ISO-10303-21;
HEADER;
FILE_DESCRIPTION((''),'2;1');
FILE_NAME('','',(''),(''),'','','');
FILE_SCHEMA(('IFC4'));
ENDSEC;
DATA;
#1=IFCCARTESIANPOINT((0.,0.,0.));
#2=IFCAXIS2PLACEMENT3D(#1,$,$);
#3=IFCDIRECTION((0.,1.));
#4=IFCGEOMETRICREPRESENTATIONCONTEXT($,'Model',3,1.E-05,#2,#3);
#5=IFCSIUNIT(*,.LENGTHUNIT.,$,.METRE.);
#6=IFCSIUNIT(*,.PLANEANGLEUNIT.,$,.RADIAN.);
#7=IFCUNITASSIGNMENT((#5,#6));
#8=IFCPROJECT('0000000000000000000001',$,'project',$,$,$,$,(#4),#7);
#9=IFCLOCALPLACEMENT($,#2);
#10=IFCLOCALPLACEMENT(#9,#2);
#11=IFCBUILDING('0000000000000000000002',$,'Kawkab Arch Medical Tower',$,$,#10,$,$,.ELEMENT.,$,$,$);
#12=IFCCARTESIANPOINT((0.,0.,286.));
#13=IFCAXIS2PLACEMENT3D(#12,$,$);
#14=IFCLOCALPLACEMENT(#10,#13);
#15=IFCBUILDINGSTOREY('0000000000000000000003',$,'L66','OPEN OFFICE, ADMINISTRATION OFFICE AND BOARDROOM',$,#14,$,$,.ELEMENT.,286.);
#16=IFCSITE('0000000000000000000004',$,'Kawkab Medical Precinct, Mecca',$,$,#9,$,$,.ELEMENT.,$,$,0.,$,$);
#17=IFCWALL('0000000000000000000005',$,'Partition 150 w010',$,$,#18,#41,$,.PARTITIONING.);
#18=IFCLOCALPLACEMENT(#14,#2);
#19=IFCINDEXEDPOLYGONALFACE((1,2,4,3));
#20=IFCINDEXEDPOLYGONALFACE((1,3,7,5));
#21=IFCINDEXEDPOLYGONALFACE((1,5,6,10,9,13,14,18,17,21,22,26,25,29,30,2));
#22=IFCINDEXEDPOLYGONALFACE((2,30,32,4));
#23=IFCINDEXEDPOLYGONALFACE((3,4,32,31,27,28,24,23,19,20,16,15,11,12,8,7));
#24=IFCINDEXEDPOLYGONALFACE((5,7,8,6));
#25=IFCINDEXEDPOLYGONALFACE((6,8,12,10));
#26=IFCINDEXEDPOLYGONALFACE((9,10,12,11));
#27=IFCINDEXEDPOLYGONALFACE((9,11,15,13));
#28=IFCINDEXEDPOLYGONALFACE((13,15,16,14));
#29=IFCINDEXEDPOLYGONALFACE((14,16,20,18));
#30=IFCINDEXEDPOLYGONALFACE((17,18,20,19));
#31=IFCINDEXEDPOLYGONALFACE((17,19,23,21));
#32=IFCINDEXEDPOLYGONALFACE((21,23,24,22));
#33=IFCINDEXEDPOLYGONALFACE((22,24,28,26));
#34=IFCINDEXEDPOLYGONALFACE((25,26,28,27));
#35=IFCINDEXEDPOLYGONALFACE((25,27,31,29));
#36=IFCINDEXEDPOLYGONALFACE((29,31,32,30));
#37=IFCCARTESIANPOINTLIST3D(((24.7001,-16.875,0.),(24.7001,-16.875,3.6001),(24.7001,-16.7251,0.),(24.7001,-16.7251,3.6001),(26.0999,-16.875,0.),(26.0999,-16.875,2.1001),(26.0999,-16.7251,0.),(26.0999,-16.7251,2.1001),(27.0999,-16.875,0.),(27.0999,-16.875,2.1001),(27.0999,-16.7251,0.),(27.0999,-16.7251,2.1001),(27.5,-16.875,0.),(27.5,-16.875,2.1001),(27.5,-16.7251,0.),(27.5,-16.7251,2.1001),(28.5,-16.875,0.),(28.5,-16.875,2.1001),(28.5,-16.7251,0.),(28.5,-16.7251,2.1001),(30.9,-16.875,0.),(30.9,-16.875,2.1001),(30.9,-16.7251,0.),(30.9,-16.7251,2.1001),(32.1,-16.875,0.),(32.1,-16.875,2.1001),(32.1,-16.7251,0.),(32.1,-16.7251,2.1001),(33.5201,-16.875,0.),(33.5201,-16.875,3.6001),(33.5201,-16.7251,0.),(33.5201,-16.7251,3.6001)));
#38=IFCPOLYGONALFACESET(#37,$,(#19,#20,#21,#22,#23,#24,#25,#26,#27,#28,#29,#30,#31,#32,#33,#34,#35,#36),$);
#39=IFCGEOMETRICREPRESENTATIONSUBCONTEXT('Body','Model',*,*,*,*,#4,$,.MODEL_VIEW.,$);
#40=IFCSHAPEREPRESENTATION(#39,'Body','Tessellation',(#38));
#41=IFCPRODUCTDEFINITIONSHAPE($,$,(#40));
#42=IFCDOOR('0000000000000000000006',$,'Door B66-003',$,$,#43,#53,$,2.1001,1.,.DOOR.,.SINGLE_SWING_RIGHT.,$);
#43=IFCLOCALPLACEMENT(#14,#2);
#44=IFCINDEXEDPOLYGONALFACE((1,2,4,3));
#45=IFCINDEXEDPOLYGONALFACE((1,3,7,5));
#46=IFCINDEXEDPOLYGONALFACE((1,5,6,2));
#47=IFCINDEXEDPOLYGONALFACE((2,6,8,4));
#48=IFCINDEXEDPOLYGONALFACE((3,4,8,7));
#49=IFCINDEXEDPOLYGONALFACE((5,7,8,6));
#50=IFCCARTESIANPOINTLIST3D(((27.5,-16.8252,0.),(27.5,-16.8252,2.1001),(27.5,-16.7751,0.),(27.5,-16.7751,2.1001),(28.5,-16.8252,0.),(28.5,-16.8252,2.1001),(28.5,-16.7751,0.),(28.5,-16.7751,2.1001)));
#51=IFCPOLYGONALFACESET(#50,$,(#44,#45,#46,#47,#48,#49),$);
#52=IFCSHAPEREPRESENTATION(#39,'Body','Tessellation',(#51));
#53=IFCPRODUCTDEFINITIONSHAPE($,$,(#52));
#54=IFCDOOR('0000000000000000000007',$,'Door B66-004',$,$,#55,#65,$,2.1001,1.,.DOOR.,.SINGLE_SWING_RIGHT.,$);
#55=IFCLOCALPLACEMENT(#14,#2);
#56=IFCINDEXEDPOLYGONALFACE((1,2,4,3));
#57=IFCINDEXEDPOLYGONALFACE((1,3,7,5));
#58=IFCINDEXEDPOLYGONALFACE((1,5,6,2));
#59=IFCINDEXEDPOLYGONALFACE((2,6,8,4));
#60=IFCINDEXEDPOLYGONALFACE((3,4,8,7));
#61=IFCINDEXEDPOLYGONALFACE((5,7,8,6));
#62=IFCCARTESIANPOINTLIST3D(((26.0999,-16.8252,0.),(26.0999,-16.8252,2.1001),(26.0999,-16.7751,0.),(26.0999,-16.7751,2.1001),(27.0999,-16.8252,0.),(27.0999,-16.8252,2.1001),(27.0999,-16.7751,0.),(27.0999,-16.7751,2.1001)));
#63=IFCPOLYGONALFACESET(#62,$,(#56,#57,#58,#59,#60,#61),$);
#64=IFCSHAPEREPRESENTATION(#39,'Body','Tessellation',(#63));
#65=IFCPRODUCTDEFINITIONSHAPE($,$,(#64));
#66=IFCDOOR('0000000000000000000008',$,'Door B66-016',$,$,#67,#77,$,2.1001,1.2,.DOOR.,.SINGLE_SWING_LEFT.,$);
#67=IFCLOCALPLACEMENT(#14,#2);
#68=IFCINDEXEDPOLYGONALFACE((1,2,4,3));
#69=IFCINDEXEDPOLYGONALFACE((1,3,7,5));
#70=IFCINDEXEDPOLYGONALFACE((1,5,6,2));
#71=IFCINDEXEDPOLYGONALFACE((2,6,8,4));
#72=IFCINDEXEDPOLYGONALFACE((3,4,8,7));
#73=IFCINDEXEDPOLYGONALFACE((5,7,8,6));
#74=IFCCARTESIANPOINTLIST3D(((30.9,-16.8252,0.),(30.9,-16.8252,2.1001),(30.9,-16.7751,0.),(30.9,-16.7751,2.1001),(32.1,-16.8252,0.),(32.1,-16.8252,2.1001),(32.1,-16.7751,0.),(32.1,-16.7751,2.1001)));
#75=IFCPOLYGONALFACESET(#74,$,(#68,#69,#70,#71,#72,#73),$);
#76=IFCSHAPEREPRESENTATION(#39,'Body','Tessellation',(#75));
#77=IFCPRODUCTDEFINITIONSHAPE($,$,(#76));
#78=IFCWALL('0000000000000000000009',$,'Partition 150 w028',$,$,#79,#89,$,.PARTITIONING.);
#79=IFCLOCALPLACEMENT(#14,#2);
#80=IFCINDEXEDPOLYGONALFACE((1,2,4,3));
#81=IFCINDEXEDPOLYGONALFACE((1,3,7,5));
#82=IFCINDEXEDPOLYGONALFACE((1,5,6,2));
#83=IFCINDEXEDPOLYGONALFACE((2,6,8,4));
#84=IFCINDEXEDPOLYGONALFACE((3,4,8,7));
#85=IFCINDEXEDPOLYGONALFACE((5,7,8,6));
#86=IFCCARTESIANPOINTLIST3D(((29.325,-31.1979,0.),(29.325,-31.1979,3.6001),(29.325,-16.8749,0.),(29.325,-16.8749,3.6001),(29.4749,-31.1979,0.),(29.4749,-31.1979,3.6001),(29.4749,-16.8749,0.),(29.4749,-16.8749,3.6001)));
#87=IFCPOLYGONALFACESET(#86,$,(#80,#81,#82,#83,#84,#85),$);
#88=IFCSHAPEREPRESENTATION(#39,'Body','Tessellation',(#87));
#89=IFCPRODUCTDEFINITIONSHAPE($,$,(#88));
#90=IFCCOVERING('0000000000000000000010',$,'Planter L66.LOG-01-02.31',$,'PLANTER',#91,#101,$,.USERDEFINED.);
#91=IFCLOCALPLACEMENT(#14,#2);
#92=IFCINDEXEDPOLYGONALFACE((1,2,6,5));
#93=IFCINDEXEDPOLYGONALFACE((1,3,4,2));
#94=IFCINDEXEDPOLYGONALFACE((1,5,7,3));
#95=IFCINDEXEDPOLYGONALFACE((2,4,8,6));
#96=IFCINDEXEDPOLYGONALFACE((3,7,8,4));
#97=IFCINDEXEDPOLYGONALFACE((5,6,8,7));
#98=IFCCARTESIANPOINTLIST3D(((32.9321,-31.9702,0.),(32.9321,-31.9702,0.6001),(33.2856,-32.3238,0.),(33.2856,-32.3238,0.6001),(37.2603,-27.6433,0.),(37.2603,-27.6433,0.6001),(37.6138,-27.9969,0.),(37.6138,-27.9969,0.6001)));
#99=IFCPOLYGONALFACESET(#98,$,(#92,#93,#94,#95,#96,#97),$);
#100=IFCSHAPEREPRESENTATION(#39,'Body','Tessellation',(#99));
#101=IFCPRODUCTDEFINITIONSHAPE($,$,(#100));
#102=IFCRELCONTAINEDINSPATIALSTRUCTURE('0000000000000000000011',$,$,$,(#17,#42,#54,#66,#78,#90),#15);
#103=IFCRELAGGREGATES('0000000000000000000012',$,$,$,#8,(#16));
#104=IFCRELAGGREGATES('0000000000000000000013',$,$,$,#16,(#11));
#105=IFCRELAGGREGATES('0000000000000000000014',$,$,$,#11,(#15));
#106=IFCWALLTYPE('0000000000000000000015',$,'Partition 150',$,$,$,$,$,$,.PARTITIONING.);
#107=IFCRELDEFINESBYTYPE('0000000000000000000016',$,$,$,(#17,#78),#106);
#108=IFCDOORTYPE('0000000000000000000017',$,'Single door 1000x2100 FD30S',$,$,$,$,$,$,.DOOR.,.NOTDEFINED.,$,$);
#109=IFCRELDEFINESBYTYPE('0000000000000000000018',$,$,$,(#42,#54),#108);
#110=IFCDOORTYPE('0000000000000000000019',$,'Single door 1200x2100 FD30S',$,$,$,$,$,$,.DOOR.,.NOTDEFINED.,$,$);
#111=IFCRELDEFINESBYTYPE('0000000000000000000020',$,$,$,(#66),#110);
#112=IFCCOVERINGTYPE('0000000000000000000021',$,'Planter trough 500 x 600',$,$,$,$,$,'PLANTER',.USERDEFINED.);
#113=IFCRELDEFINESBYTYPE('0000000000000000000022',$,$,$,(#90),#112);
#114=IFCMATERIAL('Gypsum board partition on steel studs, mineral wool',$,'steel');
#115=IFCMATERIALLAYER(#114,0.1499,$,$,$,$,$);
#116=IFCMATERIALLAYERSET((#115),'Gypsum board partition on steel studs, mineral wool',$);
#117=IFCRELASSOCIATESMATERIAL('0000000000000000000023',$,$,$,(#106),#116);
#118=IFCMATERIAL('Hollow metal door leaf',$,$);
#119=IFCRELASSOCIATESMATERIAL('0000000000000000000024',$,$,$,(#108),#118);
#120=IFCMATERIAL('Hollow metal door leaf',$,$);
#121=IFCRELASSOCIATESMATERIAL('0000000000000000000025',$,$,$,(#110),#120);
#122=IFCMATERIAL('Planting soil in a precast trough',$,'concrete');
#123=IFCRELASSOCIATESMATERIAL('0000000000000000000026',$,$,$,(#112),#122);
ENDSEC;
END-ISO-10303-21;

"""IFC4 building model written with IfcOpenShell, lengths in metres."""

from ifc_helpers import new_model, si_unit, direction, frame, frame_2d, origin, origin_2d, place, context, subcontext, project, spatial, rectangle, extrude, material, layer, layer_set, material_profile, profile_set, type_object, element, fill, save


model = new_model("IFC4")

# Units and contexts
model_context = context("Model", 3, precision=1e-05, world=origin(), true_north=direction((0.0, 1.0)))
body_context = subcontext(model_context, "Body", "Model", "MODEL_VIEW")
ifc_project = project(units=[si_unit("LENGTHUNIT", "METRE"), si_unit("PLANEANGLEUNIT", "RADIAN")], contexts=[model_context])

# Site, building, storey
site_placement = place(None, origin())
site = spatial("IfcSite", under=ifc_project, at=site_placement, Name="Kawkab Medical Precinct, Mecca", CompositionType="ELEMENT", RefElevation=0.0)
building_placement = place(site_placement, origin())
building = spatial("IfcBuilding", under=site, at=building_placement, Name="Kawkab Arch Medical Tower", CompositionType="ELEMENT")
storey_placement = place(building_placement, frame((0.0, 0.0, 286.0)))
storey = spatial("IfcBuildingStorey", under=building, at=storey_placement, Name="L66", Description="OPEN OFFICE, ADMINISTRATION OFFICE AND BOARDROOM", CompositionType="ELEMENT", Elevation=286.0)

# Shared definitions
ifc_material_1 = material(Name="Gypsum board partition on steel studs, mineral wool", Category="steel")
ifc_layer_1 = layer(ifc_material_1, 0.1499)
ifc_layer_set_1 = layer_set([ifc_layer_1], Name="Gypsum board partition on steel studs, mineral wool")
wall_type_1 = type_object("IfcWallType", Name="Partition 150", PredefinedType="PARTITIONING", material=ifc_layer_set_1)

# Wall, openings, doors
wall_1_placement = place(storey_placement, frame((24.7, -16.8, 0.0), z_axis=(0.0, 0.0, 1.0), x_axis=(1.0, 0.0, 0.0)))
wall_1 = element("IfcWall", 1, at=wall_1_placement, inside=storey, type_object=wall_type_1, Name="Partition 150 w010", PredefinedType="PARTITIONING", context=body_context, shape_type="SweptSolid", body=[
    extrude(rectangle(XDim=8.8201, YDim=0.1499, at=frame_2d((4.4102, 0.0))), origin(), (0.0, 0.0, 1.0), 3.6001),
])
opening_1_placement = place(wall_1_placement, frame((2.8, 0.0, 0.0)))
opening_1 = element("IfcOpeningElement", 2, at=opening_1_placement, cuts=wall_1, PredefinedType="OPENING", context=body_context, shape_type="SweptSolid", body=[
    extrude(rectangle(XDim=1.0, YDim=2.1001, at=frame_2d((0.5, 1.05))), frame((0.0, 0.085, 0.0), z_axis=(0.0, -1.0, 0.0), x_axis=(1.0, 0.0, 0.0)), (0.0, 0.0, 1.0), 0.1699),
])
opening_2_placement = place(wall_1_placement, frame((1.3999, 0.0, 0.0)))
opening_2 = element("IfcOpeningElement", 3, at=opening_2_placement, cuts=wall_1, PredefinedType="OPENING", context=body_context, shape_type="SweptSolid", body=[
    extrude(rectangle(XDim=1.0, YDim=2.1001, at=frame_2d((0.5, 1.05))), frame((0.0, 0.085, 0.0), z_axis=(0.0, -1.0, 0.0), x_axis=(1.0, 0.0, 0.0)), (0.0, 0.0, 1.0), 0.1699),
])
opening_3_placement = place(wall_1_placement, frame((6.2, 0.0, 0.0)))
opening_3 = element("IfcOpeningElement", 4, at=opening_3_placement, cuts=wall_1, PredefinedType="OPENING", context=body_context, shape_type="SweptSolid", body=[
    extrude(rectangle(XDim=1.2, YDim=2.1001, at=frame_2d((0.6001, 1.05))), frame((0.0, 0.085, 0.0), z_axis=(0.0, -1.0, 0.0), x_axis=(1.0, 0.0, 0.0)), (0.0, 0.0, 1.0), 0.1699),
])
ifc_material_2 = material(Name="Hollow metal door leaf")
door_type_1 = type_object("IfcDoorType", Name="Single door 1000x2100 FD30S", OperationType="NOTDEFINED", PredefinedType="DOOR", material=ifc_material_2)
door_1_placement = place(opening_1_placement, origin())
door_1 = element("IfcDoor", 5, at=door_1_placement, inside=storey, type_object=door_type_1, Name="Door B66-003", OperationType="SINGLE_SWING_RIGHT", OverallHeight=2.1001, OverallWidth=1.0, PredefinedType="DOOR", context=body_context, shape_type="SweptSolid", body=[
    extrude(rectangle(XDim=1.0, YDim=2.1001, at=frame_2d((0.5, 1.05))), frame((0.0, 0.0249, 0.0), z_axis=(0.0, -1.0, 0.0), x_axis=(1.0, 0.0, 0.0)), (0.0, 0.0, 1.0), 0.05),
])
fill(opening_1, door_1)
door_2_placement = place(opening_2_placement, origin())
door_2 = element("IfcDoor", 6, at=door_2_placement, inside=storey, type_object=door_type_1, Name="Door B66-004", OperationType="SINGLE_SWING_RIGHT", OverallHeight=2.1001, OverallWidth=1.0, PredefinedType="DOOR", context=body_context, shape_type="SweptSolid", body=[
    extrude(rectangle(XDim=1.0, YDim=2.1001, at=frame_2d((0.5, 1.05))), frame((0.0, 0.0249, 0.0), z_axis=(0.0, -1.0, 0.0), x_axis=(1.0, 0.0, 0.0)), (0.0, 0.0, 1.0), 0.05),
])
fill(opening_2, door_2)
ifc_material_3 = material(Name="Hollow metal door leaf")
door_type_2 = type_object("IfcDoorType", Name="Single door 1200x2100 FD30S", OperationType="NOTDEFINED", PredefinedType="DOOR", material=ifc_material_3)
door_3_placement = place(opening_3_placement, origin())
door_3 = element("IfcDoor", 7, at=door_3_placement, inside=storey, type_object=door_type_2, Name="Door B66-016", OperationType="SINGLE_SWING_LEFT", OverallHeight=2.1001, OverallWidth=1.2, PredefinedType="DOOR", context=body_context, shape_type="SweptSolid", body=[
    extrude(rectangle(XDim=1.2, YDim=2.1001, at=frame_2d((0.6001, 1.05))), frame((0.0, 0.0249, 0.0), z_axis=(0.0, -1.0, 0.0), x_axis=(1.0, 0.0, 0.0)), (0.0, 0.0, 1.0), 0.05),
])
fill(opening_3, door_3)

# Wall
wall_2_placement = place(storey_placement, frame((29.3999, -31.198, 0.0), z_axis=(0.0, 0.0, 1.0), x_axis=(0.0, 1.0, 0.0)))
element("IfcWall", 8, at=wall_2_placement, inside=storey, type_object=wall_type_1, Name="Partition 150 w028", PredefinedType="PARTITIONING", context=body_context, shape_type="SweptSolid", body=[
    extrude(rectangle(XDim=14.323, YDim=0.1499, at=frame_2d((7.1616, 0.0))), origin(), (0.0, 0.0, 1.0), 3.6001),
])

# Covering
ifc_material_4 = material(Name="Planting soil in a precast trough", Category="concrete")
ifc_material_profile_1 = material_profile(ifc_material_4, rectangle(XDim=0.5, YDim=0.6001, at=origin_2d()), Name="Trough 500x600")
ifc_profile_set_1 = profile_set([ifc_material_profile_1], Name="Planting soil in a precast trough")
covering_type = type_object("IfcCoveringType", Name="Planter trough 500 x 600", ElementType="PLANTER", PredefinedType="USERDEFINED", material=ifc_profile_set_1)
covering_placement = place(storey_placement, frame((37.437, -27.8201, 0.3), z_axis=(-0.707207, -0.707007, 0.0), x_axis=(0.707007, -0.707207, 0.0)))
element("IfcCovering", 9, at=covering_placement, inside=storey, type_object=covering_type, Name="Planter L66.LOG-01-02.31", ObjectType="PLANTER", PredefinedType="USERDEFINED", context=body_context, shape_type="SweptSolid", body=[
    extrude(rectangle(XDim=0.5, YDim=0.6001, at=origin_2d()), origin(), (0.0, 0.0, 1.0), 6.1201),
])

save(model, "model.ifc")
